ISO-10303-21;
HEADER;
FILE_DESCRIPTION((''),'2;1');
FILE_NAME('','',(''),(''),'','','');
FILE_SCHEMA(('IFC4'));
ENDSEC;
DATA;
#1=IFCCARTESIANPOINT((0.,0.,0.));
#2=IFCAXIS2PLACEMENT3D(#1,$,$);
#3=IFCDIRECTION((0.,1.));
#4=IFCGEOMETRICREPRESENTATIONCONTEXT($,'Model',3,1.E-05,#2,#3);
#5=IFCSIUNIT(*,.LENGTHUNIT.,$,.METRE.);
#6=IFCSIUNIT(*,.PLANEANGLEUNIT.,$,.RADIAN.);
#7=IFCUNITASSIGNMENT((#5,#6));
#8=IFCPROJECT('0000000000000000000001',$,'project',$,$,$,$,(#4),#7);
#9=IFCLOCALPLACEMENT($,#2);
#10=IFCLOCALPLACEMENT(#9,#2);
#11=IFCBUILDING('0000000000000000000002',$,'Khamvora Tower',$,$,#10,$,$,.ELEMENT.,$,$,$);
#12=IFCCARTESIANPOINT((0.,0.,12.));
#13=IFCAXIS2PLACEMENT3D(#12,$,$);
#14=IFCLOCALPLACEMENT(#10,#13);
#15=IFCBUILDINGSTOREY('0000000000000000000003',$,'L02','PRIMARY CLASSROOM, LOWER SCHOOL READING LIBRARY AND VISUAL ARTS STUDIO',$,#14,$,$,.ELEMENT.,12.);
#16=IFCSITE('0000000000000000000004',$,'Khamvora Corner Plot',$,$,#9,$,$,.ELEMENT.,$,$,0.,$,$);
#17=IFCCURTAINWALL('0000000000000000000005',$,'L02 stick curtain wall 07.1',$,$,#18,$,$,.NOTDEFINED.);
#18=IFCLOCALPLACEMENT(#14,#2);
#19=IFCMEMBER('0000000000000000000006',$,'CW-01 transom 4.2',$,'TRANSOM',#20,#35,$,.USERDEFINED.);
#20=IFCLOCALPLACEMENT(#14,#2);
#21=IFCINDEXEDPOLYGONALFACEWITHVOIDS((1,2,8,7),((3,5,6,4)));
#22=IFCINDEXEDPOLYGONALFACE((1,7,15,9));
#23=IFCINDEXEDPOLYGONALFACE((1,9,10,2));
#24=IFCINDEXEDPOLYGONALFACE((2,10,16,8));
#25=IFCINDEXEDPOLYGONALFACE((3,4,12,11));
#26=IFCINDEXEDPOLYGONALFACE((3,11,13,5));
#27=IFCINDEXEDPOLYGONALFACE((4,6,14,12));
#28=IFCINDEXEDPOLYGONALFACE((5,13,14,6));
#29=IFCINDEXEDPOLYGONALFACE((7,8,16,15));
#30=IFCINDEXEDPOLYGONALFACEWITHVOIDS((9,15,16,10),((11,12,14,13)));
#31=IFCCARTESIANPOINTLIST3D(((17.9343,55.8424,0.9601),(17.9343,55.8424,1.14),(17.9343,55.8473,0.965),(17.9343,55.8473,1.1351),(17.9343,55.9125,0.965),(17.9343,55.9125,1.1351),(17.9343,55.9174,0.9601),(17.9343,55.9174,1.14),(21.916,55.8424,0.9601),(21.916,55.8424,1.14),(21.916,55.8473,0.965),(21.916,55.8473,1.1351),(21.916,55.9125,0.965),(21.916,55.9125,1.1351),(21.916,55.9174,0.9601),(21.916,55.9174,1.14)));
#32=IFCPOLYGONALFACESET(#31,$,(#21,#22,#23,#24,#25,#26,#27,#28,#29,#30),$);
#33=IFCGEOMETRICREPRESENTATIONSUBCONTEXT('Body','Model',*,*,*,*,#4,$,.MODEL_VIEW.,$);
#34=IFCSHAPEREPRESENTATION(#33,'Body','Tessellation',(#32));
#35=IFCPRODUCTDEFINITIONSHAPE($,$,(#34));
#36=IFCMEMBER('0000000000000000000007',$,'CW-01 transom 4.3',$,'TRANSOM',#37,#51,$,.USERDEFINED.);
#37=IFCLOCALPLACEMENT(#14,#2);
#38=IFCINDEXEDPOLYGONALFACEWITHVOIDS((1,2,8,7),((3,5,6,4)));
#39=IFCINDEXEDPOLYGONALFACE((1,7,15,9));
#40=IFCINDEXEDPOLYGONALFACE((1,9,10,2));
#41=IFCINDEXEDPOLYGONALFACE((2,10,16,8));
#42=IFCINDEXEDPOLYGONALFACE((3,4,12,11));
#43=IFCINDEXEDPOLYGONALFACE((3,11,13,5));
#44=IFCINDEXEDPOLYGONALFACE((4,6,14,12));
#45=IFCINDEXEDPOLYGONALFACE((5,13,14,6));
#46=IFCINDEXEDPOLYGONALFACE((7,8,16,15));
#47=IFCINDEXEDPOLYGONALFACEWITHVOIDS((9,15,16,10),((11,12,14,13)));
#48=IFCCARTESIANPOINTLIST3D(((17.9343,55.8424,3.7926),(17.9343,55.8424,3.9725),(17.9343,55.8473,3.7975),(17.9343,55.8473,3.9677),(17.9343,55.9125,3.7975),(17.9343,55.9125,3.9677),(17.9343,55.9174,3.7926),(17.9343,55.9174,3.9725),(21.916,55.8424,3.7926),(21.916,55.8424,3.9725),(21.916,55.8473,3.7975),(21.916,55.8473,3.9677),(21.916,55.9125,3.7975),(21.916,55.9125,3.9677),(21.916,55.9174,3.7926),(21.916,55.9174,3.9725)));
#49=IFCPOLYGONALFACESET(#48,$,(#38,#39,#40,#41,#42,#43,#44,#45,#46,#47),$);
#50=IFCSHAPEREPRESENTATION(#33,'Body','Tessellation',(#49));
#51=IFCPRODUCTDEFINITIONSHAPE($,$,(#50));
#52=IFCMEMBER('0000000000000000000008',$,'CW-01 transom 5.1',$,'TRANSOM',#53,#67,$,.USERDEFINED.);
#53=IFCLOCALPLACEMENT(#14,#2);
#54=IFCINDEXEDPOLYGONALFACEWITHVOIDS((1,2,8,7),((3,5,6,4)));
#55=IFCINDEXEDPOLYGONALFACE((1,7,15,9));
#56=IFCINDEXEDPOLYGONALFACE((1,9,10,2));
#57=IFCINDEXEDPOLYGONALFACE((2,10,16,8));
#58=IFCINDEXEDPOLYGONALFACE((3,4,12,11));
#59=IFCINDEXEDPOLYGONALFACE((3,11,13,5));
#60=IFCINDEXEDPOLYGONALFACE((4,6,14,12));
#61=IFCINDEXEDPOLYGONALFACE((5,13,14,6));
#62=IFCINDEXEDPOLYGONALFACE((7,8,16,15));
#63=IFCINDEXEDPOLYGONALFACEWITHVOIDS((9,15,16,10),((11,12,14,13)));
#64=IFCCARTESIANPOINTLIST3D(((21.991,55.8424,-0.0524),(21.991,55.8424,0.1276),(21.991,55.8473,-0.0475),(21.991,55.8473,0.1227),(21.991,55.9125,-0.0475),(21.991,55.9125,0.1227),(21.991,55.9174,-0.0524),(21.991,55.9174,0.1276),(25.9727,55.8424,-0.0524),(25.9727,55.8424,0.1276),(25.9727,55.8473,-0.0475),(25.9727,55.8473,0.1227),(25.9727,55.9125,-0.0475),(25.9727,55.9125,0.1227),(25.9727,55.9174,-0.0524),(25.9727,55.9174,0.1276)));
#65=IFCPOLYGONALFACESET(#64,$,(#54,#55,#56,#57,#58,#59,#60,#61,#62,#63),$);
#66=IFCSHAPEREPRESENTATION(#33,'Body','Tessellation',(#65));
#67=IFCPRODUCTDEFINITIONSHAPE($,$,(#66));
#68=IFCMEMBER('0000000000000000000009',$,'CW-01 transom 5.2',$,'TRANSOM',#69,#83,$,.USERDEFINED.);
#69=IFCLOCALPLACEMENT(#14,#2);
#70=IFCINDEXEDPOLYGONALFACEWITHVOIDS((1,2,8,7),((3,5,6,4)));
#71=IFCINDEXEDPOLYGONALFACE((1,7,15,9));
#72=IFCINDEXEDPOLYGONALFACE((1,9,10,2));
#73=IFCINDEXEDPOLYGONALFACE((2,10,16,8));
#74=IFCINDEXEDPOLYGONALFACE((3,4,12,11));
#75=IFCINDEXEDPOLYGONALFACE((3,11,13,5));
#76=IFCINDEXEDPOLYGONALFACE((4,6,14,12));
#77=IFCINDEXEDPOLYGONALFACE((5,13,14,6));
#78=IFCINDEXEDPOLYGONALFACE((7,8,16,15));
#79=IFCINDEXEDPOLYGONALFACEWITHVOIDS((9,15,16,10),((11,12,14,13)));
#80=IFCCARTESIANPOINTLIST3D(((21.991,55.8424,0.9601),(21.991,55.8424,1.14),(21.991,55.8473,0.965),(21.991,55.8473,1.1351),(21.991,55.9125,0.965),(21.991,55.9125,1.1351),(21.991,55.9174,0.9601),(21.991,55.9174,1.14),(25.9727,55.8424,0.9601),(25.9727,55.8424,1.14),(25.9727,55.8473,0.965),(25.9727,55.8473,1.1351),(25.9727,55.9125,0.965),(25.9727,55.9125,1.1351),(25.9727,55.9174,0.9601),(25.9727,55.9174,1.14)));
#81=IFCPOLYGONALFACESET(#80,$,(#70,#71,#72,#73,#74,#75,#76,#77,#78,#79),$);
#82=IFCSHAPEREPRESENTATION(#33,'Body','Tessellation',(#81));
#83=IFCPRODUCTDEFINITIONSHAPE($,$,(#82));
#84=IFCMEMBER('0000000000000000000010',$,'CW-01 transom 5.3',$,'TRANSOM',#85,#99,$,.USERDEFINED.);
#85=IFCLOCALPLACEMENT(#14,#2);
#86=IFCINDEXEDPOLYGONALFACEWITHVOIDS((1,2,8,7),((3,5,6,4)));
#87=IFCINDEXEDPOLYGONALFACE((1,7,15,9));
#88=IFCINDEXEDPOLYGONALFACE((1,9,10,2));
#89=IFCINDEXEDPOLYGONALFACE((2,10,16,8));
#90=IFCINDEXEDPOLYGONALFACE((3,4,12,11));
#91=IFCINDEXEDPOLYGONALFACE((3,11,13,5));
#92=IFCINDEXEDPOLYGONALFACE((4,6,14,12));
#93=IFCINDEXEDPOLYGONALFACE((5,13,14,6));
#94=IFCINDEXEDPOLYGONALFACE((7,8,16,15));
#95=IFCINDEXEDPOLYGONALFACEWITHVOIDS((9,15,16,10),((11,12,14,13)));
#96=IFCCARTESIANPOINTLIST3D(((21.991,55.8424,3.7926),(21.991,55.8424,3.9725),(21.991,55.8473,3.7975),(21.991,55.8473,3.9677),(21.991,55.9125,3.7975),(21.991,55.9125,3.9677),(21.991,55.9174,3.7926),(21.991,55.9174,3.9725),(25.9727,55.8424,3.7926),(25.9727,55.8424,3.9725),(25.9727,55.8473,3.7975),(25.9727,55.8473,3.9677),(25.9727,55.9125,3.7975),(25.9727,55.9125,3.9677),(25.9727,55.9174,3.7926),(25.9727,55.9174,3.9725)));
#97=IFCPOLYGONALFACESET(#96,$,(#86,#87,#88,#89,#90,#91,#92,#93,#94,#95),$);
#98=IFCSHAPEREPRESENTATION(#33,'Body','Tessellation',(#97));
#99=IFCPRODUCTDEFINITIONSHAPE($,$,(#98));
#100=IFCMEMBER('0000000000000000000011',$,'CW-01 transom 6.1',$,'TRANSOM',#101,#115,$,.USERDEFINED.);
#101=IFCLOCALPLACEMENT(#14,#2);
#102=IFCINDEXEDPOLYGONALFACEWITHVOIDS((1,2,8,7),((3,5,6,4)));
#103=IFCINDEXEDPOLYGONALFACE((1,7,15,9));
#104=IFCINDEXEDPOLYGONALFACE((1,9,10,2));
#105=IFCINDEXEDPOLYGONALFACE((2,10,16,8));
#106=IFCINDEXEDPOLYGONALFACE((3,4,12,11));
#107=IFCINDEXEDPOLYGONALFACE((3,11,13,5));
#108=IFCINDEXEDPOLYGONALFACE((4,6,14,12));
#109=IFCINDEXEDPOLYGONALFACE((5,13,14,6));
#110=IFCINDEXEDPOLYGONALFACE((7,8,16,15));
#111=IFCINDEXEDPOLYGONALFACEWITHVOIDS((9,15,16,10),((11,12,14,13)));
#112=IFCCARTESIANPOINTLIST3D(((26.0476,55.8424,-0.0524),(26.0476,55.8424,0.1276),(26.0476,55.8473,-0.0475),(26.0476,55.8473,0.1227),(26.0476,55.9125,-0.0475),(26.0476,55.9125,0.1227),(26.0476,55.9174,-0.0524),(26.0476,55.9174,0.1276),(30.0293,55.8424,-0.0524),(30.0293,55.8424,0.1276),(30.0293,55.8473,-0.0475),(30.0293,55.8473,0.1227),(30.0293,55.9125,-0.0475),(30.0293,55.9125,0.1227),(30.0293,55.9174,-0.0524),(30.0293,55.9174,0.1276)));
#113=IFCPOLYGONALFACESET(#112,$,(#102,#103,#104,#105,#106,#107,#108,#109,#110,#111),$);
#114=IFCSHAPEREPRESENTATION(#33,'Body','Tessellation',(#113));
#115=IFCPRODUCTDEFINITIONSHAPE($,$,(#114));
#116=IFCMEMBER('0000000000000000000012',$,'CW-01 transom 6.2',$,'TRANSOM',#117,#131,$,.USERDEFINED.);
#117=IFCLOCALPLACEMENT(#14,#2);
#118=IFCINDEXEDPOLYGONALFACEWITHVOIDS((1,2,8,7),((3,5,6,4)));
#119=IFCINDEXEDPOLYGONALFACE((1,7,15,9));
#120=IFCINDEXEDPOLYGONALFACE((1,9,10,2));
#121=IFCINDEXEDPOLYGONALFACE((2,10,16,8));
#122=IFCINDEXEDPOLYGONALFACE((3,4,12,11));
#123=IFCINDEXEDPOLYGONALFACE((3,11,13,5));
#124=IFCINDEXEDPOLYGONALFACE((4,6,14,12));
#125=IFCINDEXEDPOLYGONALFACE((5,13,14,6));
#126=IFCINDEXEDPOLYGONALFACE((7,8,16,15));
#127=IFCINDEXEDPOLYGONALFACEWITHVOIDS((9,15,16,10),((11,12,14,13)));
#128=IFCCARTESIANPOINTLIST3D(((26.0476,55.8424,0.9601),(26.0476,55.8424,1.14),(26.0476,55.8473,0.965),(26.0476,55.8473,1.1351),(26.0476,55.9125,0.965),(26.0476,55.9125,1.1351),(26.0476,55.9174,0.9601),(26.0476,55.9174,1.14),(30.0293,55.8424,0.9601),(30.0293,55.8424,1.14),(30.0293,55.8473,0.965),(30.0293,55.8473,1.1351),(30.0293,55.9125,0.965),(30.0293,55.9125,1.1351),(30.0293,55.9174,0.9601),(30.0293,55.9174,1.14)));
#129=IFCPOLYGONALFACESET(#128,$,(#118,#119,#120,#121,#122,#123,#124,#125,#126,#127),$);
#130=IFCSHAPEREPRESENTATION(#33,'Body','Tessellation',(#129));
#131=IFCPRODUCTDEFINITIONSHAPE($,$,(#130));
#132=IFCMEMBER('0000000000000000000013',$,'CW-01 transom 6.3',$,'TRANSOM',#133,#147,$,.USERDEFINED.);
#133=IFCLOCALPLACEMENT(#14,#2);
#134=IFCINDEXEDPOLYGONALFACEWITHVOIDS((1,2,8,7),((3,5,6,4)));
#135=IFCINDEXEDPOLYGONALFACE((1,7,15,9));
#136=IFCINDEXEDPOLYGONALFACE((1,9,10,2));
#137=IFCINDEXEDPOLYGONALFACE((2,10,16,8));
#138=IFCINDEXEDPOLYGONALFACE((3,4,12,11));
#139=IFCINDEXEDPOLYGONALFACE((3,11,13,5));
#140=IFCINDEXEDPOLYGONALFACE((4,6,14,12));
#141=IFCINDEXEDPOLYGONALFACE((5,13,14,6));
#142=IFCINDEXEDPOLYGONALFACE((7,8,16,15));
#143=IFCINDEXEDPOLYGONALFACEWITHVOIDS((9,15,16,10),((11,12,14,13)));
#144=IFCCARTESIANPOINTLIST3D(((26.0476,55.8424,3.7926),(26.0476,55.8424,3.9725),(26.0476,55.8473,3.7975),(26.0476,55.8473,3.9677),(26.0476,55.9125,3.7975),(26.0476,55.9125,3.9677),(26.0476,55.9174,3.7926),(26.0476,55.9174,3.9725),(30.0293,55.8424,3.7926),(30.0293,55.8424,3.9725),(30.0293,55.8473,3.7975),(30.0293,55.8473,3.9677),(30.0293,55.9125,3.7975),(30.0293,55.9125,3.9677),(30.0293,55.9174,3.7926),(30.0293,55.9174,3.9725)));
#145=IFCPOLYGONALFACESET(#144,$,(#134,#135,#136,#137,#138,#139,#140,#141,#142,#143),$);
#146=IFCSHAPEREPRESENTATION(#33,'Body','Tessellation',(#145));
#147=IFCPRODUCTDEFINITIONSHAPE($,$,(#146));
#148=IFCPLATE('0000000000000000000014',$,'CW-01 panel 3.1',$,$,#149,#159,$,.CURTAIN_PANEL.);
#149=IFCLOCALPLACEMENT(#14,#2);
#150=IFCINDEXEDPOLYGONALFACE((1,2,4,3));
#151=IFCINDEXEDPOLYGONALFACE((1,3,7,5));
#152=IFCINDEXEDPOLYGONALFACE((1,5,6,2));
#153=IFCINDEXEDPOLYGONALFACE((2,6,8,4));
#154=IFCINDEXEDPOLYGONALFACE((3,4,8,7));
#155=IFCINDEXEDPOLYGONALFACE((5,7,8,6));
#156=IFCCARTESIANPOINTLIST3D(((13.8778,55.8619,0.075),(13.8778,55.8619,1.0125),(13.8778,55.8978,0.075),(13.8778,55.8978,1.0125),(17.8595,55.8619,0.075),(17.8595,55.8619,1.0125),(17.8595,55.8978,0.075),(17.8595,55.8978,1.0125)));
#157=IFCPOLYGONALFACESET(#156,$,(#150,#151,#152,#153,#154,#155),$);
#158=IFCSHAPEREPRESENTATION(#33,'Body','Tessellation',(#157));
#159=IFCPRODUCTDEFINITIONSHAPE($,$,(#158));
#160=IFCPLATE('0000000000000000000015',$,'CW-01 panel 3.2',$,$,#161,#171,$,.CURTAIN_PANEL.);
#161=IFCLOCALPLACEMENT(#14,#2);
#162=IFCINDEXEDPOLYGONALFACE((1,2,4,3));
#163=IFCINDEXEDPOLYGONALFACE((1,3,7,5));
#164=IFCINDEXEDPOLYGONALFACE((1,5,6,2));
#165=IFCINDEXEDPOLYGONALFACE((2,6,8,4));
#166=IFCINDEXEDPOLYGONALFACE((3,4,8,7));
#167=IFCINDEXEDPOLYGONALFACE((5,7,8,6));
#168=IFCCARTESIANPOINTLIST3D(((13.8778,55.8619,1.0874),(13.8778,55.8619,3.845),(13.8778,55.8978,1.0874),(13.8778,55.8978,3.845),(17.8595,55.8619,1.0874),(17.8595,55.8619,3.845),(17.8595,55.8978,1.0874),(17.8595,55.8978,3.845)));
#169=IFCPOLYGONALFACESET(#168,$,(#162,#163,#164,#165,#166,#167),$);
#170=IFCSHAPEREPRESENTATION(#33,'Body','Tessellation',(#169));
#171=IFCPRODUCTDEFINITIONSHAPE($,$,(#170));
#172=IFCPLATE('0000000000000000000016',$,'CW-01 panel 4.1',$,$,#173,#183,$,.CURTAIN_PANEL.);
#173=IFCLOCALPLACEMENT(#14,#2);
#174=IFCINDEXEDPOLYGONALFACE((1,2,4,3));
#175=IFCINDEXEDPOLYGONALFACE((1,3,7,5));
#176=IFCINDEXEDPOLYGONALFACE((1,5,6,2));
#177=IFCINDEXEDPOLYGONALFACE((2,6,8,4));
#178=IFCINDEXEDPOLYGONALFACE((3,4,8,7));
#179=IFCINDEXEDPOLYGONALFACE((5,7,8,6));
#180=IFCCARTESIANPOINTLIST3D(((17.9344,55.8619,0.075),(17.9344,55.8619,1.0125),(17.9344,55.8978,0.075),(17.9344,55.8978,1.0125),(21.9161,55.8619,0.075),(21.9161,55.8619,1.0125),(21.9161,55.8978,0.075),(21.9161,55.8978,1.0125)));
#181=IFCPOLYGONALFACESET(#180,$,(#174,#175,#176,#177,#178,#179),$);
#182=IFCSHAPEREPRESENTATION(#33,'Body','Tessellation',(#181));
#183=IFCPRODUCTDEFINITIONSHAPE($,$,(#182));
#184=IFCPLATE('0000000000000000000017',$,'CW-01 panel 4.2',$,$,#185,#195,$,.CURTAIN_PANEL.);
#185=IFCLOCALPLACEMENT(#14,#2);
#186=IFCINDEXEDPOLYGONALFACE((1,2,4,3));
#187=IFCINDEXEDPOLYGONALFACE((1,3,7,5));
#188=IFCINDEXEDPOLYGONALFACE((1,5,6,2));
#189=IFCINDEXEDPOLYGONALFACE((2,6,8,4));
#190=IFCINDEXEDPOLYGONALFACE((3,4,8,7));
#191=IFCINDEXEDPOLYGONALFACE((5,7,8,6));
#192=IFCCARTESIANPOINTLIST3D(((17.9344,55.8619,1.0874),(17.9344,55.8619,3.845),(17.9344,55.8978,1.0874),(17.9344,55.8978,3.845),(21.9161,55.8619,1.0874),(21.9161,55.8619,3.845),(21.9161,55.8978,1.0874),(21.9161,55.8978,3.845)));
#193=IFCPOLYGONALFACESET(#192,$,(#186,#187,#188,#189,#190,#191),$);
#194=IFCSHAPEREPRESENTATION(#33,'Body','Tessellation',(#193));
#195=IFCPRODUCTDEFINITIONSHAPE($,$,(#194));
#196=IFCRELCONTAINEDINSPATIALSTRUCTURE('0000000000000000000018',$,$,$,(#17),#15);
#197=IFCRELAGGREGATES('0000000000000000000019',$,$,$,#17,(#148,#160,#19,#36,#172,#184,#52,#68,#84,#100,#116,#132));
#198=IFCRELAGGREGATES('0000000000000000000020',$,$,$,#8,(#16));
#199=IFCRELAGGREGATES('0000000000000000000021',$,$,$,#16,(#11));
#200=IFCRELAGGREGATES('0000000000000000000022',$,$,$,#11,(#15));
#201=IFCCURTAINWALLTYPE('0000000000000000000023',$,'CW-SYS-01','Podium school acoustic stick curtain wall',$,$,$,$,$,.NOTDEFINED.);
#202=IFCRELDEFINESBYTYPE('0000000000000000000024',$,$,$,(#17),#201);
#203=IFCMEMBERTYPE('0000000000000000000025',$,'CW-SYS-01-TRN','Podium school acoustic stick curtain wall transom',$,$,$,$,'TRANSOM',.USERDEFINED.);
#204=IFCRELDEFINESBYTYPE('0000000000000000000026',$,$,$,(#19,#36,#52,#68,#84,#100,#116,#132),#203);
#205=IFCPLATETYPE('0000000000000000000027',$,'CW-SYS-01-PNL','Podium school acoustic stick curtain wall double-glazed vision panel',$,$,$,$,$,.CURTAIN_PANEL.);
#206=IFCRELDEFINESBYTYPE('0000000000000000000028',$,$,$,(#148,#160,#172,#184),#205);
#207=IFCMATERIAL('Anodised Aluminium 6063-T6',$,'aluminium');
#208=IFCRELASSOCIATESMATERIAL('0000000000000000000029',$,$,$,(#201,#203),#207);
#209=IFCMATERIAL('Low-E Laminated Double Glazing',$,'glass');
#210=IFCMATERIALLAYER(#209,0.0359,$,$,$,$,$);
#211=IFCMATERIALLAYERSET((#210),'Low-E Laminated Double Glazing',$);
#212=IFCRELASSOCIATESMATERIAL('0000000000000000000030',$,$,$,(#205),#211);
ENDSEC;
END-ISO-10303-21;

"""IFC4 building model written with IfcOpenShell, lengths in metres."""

from ifc_helpers import new_model, si_unit, direction, frame, origin, origin_2d, place, context, subcontext, project, spatial, rectangle, hollow_rectangle, extrude, material, layer, layer_set, material_profile, profile_set, type_object, element, aggregate, save


model = new_model("IFC4")

# Units and contexts
model_context = context("Model", 3, precision=1e-05, world=origin(), true_north=direction((0.0, 1.0)))
body_context = subcontext(model_context, "Body", "Model", "MODEL_VIEW")
ifc_project = project(units=[si_unit("LENGTHUNIT", "METRE"), si_unit("PLANEANGLEUNIT", "RADIAN")], contexts=[model_context])

# Site, building, storey
site_placement = place(None, origin())
site = spatial("IfcSite", under=ifc_project, at=site_placement, Name="Khamvora Corner Plot", CompositionType="ELEMENT", RefElevation=0.0)
building_placement = place(site_placement, origin())
building = spatial("IfcBuilding", under=site, at=building_placement, Name="Khamvora Tower", CompositionType="ELEMENT")
storey_placement = place(building_placement, frame((0.0, 0.0, 12.0)))
storey = spatial("IfcBuildingStorey", under=building, at=storey_placement, Name="L02", Description="PRIMARY CLASSROOM, LOWER SCHOOL READING LIBRARY AND VISUAL ARTS STUDIO", CompositionType="ELEMENT", Elevation=12.0)

# Curtain wall, members, plates
ifc_material_1 = material(Name="Anodised Aluminium 6063-T6", Category="aluminium")
curtain_wall_type = type_object("IfcCurtainWallType", Name="CW-SYS-01", Description="Podium school acoustic stick curtain wall", PredefinedType="NOTDEFINED", material=ifc_material_1)
curtain_wall_placement = place(storey_placement, origin())
curtain_wall = element("IfcCurtainWall", 1, at=curtain_wall_placement, inside=storey, type_object=curtain_wall_type, Name="L02 stick curtain wall 07.1", PredefinedType="NOTDEFINED")
ifc_material_profile_1 = material_profile(ifc_material_1, hollow_rectangle(XDim=0.075, YDim=0.1799, WallThickness=0.0049, at=origin_2d()), Name="TRN75x180x5")
ifc_profile_set_1 = profile_set([ifc_material_profile_1], Name="Anodised Aluminium 6063-T6")
member_type_1 = type_object("IfcMemberType", Name="CW-SYS-01-TRN", Description="Podium school acoustic stick curtain wall transom", ElementType="TRANSOM", PredefinedType="USERDEFINED", material=ifc_profile_set_1)
member_1_placement = place(storey_placement, frame((17.9343, 55.8799, 1.05), z_axis=(1.0, 0.0, 0.0), x_axis=(0.0, 1.0, 0.0)))
member_1 = element("IfcMember", 2, at=member_1_placement, type_object=member_type_1, Name="CW-01 transom 4.2", ObjectType="TRANSOM", PredefinedType="USERDEFINED", context=body_context, shape_type="SweptSolid", body=[
    extrude(hollow_rectangle(XDim=0.075, YDim=0.1799, WallThickness=0.0049, at=origin_2d()), origin(), (0.0, 0.0, 1.0), 3.9817),
])
member_2_placement = place(storey_placement, frame((17.9343, 55.8799, 3.8826), z_axis=(1.0, 0.0, 0.0), x_axis=(0.0, 1.0, 0.0)))
member_2 = element("IfcMember", 3, at=member_2_placement, type_object=member_type_1, Name="CW-01 transom 4.3", ObjectType="TRANSOM", PredefinedType="USERDEFINED", context=body_context, shape_type="SweptSolid", body=[
    extrude(hollow_rectangle(XDim=0.075, YDim=0.1799, WallThickness=0.0049, at=origin_2d()), origin(), (0.0, 0.0, 1.0), 3.9817),
])
member_3_placement = place(storey_placement, frame((21.991, 55.8799, 0.0376), z_axis=(1.0, 0.0, 0.0), x_axis=(0.0, 1.0, 0.0)))
member_3 = element("IfcMember", 4, at=member_3_placement, type_object=member_type_1, Name="CW-01 transom 5.1", ObjectType="TRANSOM", PredefinedType="USERDEFINED", context=body_context, shape_type="SweptSolid", body=[
    extrude(hollow_rectangle(XDim=0.075, YDim=0.1799, WallThickness=0.0049, at=origin_2d()), origin(), (0.0, 0.0, 1.0), 3.9817),
])
member_4_placement = place(storey_placement, frame((21.991, 55.8799, 1.05), z_axis=(1.0, 0.0, 0.0), x_axis=(0.0, 1.0, 0.0)))
member_4 = element("IfcMember", 5, at=member_4_placement, type_object=member_type_1, Name="CW-01 transom 5.2", ObjectType="TRANSOM", PredefinedType="USERDEFINED", context=body_context, shape_type="SweptSolid", body=[
    extrude(hollow_rectangle(XDim=0.075, YDim=0.1799, WallThickness=0.0049, at=origin_2d()), origin(), (0.0, 0.0, 1.0), 3.9817),
])
member_5_placement = place(storey_placement, frame((21.991, 55.8799, 3.8826), z_axis=(1.0, 0.0, 0.0), x_axis=(0.0, 1.0, 0.0)))
member_5 = element("IfcMember", 6, at=member_5_placement, type_object=member_type_1, Name="CW-01 transom 5.3", ObjectType="TRANSOM", PredefinedType="USERDEFINED", context=body_context, shape_type="SweptSolid", body=[
    extrude(hollow_rectangle(XDim=0.075, YDim=0.1799, WallThickness=0.0049, at=origin_2d()), origin(), (0.0, 0.0, 1.0), 3.9817),
])
member_6_placement = place(storey_placement, frame((26.0476, 55.8799, 0.0376), z_axis=(1.0, 0.0, 0.0), x_axis=(0.0, 1.0, 0.0)))
member_6 = element("IfcMember", 7, at=member_6_placement, type_object=member_type_1, Name="CW-01 transom 6.1", ObjectType="TRANSOM", PredefinedType="USERDEFINED", context=body_context, shape_type="SweptSolid", body=[
    extrude(hollow_rectangle(XDim=0.075, YDim=0.1799, WallThickness=0.0049, at=origin_2d()), origin(), (0.0, 0.0, 1.0), 3.9817),
])
member_7_placement = place(storey_placement, frame((26.0476, 55.8799, 1.05), z_axis=(1.0, 0.0, 0.0), x_axis=(0.0, 1.0, 0.0)))
member_7 = element("IfcMember", 8, at=member_7_placement, type_object=member_type_1, Name="CW-01 transom 6.2", ObjectType="TRANSOM", PredefinedType="USERDEFINED", context=body_context, shape_type="SweptSolid", body=[
    extrude(hollow_rectangle(XDim=0.075, YDim=0.1799, WallThickness=0.0049, at=origin_2d()), origin(), (0.0, 0.0, 1.0), 3.9817),
])
member_8_placement = place(storey_placement, frame((26.0476, 55.8799, 3.8826), z_axis=(1.0, 0.0, 0.0), x_axis=(0.0, 1.0, 0.0)))
member_8 = element("IfcMember", 9, at=member_8_placement, type_object=member_type_1, Name="CW-01 transom 6.3", ObjectType="TRANSOM", PredefinedType="USERDEFINED", context=body_context, shape_type="SweptSolid", body=[
    extrude(hollow_rectangle(XDim=0.075, YDim=0.1799, WallThickness=0.0049, at=origin_2d()), origin(), (0.0, 0.0, 1.0), 3.9817),
])
ifc_material_2 = material(Name="Low-E Laminated Double Glazing", Category="glass")
ifc_layer_1 = layer(ifc_material_2, 0.0359)
ifc_layer_set_1 = layer_set([ifc_layer_1], Name="Low-E Laminated Double Glazing")
plate_type_1 = type_object("IfcPlateType", Name="CW-SYS-01-PNL", Description="Podium school acoustic stick curtain wall double-glazed vision panel", PredefinedType="CURTAIN_PANEL", material=ifc_layer_set_1)
plate_1_placement = place(storey_placement, frame((15.8687, 55.8799, 0.075), z_axis=(0.0, 0.0, 1.0), x_axis=(1.0, 0.0, 0.0)))
plate_1 = element("IfcPlate", 10, at=plate_1_placement, type_object=plate_type_1, Name="CW-01 panel 3.1", PredefinedType="CURTAIN_PANEL", context=body_context, shape_type="SweptSolid", body=[
    extrude(rectangle(XDim=3.9817, YDim=0.0359, at=origin_2d()), origin(), (0.0, 0.0, 1.0), 0.9375),
])
plate_2_placement = place(storey_placement, frame((15.8687, 55.8799, 1.0874), z_axis=(0.0, 0.0, 1.0), x_axis=(1.0, 0.0, 0.0)))
plate_2 = element("IfcPlate", 11, at=plate_2_placement, type_object=plate_type_1, Name="CW-01 panel 3.2", PredefinedType="CURTAIN_PANEL", context=body_context, shape_type="SweptSolid", body=[
    extrude(rectangle(XDim=3.9817, YDim=0.0359, at=origin_2d()), origin(), (0.0, 0.0, 1.0), 2.7576),
])
plate_3_placement = place(storey_placement, frame((19.9253, 55.8799, 0.075), z_axis=(0.0, 0.0, 1.0), x_axis=(1.0, 0.0, 0.0)))
plate_3 = element("IfcPlate", 12, at=plate_3_placement, type_object=plate_type_1, Name="CW-01 panel 4.1", PredefinedType="CURTAIN_PANEL", context=body_context, shape_type="SweptSolid", body=[
    extrude(rectangle(XDim=3.9817, YDim=0.0359, at=origin_2d()), origin(), (0.0, 0.0, 1.0), 0.9375),
])
plate_4_placement = place(storey_placement, frame((19.9253, 55.8799, 1.0874), z_axis=(0.0, 0.0, 1.0), x_axis=(1.0, 0.0, 0.0)))
plate_4 = element("IfcPlate", 13, at=plate_4_placement, type_object=plate_type_1, Name="CW-01 panel 4.2", PredefinedType="CURTAIN_PANEL", context=body_context, shape_type="SweptSolid", body=[
    extrude(rectangle(XDim=3.9817, YDim=0.0359, at=origin_2d()), origin(), (0.0, 0.0, 1.0), 2.7576),
])
aggregate(curtain_wall, [plate_1, plate_2, member_1, member_2, plate_3, plate_4, member_3, member_4, member_5, member_6, member_7, member_8])

save(model, "model.ifc")
